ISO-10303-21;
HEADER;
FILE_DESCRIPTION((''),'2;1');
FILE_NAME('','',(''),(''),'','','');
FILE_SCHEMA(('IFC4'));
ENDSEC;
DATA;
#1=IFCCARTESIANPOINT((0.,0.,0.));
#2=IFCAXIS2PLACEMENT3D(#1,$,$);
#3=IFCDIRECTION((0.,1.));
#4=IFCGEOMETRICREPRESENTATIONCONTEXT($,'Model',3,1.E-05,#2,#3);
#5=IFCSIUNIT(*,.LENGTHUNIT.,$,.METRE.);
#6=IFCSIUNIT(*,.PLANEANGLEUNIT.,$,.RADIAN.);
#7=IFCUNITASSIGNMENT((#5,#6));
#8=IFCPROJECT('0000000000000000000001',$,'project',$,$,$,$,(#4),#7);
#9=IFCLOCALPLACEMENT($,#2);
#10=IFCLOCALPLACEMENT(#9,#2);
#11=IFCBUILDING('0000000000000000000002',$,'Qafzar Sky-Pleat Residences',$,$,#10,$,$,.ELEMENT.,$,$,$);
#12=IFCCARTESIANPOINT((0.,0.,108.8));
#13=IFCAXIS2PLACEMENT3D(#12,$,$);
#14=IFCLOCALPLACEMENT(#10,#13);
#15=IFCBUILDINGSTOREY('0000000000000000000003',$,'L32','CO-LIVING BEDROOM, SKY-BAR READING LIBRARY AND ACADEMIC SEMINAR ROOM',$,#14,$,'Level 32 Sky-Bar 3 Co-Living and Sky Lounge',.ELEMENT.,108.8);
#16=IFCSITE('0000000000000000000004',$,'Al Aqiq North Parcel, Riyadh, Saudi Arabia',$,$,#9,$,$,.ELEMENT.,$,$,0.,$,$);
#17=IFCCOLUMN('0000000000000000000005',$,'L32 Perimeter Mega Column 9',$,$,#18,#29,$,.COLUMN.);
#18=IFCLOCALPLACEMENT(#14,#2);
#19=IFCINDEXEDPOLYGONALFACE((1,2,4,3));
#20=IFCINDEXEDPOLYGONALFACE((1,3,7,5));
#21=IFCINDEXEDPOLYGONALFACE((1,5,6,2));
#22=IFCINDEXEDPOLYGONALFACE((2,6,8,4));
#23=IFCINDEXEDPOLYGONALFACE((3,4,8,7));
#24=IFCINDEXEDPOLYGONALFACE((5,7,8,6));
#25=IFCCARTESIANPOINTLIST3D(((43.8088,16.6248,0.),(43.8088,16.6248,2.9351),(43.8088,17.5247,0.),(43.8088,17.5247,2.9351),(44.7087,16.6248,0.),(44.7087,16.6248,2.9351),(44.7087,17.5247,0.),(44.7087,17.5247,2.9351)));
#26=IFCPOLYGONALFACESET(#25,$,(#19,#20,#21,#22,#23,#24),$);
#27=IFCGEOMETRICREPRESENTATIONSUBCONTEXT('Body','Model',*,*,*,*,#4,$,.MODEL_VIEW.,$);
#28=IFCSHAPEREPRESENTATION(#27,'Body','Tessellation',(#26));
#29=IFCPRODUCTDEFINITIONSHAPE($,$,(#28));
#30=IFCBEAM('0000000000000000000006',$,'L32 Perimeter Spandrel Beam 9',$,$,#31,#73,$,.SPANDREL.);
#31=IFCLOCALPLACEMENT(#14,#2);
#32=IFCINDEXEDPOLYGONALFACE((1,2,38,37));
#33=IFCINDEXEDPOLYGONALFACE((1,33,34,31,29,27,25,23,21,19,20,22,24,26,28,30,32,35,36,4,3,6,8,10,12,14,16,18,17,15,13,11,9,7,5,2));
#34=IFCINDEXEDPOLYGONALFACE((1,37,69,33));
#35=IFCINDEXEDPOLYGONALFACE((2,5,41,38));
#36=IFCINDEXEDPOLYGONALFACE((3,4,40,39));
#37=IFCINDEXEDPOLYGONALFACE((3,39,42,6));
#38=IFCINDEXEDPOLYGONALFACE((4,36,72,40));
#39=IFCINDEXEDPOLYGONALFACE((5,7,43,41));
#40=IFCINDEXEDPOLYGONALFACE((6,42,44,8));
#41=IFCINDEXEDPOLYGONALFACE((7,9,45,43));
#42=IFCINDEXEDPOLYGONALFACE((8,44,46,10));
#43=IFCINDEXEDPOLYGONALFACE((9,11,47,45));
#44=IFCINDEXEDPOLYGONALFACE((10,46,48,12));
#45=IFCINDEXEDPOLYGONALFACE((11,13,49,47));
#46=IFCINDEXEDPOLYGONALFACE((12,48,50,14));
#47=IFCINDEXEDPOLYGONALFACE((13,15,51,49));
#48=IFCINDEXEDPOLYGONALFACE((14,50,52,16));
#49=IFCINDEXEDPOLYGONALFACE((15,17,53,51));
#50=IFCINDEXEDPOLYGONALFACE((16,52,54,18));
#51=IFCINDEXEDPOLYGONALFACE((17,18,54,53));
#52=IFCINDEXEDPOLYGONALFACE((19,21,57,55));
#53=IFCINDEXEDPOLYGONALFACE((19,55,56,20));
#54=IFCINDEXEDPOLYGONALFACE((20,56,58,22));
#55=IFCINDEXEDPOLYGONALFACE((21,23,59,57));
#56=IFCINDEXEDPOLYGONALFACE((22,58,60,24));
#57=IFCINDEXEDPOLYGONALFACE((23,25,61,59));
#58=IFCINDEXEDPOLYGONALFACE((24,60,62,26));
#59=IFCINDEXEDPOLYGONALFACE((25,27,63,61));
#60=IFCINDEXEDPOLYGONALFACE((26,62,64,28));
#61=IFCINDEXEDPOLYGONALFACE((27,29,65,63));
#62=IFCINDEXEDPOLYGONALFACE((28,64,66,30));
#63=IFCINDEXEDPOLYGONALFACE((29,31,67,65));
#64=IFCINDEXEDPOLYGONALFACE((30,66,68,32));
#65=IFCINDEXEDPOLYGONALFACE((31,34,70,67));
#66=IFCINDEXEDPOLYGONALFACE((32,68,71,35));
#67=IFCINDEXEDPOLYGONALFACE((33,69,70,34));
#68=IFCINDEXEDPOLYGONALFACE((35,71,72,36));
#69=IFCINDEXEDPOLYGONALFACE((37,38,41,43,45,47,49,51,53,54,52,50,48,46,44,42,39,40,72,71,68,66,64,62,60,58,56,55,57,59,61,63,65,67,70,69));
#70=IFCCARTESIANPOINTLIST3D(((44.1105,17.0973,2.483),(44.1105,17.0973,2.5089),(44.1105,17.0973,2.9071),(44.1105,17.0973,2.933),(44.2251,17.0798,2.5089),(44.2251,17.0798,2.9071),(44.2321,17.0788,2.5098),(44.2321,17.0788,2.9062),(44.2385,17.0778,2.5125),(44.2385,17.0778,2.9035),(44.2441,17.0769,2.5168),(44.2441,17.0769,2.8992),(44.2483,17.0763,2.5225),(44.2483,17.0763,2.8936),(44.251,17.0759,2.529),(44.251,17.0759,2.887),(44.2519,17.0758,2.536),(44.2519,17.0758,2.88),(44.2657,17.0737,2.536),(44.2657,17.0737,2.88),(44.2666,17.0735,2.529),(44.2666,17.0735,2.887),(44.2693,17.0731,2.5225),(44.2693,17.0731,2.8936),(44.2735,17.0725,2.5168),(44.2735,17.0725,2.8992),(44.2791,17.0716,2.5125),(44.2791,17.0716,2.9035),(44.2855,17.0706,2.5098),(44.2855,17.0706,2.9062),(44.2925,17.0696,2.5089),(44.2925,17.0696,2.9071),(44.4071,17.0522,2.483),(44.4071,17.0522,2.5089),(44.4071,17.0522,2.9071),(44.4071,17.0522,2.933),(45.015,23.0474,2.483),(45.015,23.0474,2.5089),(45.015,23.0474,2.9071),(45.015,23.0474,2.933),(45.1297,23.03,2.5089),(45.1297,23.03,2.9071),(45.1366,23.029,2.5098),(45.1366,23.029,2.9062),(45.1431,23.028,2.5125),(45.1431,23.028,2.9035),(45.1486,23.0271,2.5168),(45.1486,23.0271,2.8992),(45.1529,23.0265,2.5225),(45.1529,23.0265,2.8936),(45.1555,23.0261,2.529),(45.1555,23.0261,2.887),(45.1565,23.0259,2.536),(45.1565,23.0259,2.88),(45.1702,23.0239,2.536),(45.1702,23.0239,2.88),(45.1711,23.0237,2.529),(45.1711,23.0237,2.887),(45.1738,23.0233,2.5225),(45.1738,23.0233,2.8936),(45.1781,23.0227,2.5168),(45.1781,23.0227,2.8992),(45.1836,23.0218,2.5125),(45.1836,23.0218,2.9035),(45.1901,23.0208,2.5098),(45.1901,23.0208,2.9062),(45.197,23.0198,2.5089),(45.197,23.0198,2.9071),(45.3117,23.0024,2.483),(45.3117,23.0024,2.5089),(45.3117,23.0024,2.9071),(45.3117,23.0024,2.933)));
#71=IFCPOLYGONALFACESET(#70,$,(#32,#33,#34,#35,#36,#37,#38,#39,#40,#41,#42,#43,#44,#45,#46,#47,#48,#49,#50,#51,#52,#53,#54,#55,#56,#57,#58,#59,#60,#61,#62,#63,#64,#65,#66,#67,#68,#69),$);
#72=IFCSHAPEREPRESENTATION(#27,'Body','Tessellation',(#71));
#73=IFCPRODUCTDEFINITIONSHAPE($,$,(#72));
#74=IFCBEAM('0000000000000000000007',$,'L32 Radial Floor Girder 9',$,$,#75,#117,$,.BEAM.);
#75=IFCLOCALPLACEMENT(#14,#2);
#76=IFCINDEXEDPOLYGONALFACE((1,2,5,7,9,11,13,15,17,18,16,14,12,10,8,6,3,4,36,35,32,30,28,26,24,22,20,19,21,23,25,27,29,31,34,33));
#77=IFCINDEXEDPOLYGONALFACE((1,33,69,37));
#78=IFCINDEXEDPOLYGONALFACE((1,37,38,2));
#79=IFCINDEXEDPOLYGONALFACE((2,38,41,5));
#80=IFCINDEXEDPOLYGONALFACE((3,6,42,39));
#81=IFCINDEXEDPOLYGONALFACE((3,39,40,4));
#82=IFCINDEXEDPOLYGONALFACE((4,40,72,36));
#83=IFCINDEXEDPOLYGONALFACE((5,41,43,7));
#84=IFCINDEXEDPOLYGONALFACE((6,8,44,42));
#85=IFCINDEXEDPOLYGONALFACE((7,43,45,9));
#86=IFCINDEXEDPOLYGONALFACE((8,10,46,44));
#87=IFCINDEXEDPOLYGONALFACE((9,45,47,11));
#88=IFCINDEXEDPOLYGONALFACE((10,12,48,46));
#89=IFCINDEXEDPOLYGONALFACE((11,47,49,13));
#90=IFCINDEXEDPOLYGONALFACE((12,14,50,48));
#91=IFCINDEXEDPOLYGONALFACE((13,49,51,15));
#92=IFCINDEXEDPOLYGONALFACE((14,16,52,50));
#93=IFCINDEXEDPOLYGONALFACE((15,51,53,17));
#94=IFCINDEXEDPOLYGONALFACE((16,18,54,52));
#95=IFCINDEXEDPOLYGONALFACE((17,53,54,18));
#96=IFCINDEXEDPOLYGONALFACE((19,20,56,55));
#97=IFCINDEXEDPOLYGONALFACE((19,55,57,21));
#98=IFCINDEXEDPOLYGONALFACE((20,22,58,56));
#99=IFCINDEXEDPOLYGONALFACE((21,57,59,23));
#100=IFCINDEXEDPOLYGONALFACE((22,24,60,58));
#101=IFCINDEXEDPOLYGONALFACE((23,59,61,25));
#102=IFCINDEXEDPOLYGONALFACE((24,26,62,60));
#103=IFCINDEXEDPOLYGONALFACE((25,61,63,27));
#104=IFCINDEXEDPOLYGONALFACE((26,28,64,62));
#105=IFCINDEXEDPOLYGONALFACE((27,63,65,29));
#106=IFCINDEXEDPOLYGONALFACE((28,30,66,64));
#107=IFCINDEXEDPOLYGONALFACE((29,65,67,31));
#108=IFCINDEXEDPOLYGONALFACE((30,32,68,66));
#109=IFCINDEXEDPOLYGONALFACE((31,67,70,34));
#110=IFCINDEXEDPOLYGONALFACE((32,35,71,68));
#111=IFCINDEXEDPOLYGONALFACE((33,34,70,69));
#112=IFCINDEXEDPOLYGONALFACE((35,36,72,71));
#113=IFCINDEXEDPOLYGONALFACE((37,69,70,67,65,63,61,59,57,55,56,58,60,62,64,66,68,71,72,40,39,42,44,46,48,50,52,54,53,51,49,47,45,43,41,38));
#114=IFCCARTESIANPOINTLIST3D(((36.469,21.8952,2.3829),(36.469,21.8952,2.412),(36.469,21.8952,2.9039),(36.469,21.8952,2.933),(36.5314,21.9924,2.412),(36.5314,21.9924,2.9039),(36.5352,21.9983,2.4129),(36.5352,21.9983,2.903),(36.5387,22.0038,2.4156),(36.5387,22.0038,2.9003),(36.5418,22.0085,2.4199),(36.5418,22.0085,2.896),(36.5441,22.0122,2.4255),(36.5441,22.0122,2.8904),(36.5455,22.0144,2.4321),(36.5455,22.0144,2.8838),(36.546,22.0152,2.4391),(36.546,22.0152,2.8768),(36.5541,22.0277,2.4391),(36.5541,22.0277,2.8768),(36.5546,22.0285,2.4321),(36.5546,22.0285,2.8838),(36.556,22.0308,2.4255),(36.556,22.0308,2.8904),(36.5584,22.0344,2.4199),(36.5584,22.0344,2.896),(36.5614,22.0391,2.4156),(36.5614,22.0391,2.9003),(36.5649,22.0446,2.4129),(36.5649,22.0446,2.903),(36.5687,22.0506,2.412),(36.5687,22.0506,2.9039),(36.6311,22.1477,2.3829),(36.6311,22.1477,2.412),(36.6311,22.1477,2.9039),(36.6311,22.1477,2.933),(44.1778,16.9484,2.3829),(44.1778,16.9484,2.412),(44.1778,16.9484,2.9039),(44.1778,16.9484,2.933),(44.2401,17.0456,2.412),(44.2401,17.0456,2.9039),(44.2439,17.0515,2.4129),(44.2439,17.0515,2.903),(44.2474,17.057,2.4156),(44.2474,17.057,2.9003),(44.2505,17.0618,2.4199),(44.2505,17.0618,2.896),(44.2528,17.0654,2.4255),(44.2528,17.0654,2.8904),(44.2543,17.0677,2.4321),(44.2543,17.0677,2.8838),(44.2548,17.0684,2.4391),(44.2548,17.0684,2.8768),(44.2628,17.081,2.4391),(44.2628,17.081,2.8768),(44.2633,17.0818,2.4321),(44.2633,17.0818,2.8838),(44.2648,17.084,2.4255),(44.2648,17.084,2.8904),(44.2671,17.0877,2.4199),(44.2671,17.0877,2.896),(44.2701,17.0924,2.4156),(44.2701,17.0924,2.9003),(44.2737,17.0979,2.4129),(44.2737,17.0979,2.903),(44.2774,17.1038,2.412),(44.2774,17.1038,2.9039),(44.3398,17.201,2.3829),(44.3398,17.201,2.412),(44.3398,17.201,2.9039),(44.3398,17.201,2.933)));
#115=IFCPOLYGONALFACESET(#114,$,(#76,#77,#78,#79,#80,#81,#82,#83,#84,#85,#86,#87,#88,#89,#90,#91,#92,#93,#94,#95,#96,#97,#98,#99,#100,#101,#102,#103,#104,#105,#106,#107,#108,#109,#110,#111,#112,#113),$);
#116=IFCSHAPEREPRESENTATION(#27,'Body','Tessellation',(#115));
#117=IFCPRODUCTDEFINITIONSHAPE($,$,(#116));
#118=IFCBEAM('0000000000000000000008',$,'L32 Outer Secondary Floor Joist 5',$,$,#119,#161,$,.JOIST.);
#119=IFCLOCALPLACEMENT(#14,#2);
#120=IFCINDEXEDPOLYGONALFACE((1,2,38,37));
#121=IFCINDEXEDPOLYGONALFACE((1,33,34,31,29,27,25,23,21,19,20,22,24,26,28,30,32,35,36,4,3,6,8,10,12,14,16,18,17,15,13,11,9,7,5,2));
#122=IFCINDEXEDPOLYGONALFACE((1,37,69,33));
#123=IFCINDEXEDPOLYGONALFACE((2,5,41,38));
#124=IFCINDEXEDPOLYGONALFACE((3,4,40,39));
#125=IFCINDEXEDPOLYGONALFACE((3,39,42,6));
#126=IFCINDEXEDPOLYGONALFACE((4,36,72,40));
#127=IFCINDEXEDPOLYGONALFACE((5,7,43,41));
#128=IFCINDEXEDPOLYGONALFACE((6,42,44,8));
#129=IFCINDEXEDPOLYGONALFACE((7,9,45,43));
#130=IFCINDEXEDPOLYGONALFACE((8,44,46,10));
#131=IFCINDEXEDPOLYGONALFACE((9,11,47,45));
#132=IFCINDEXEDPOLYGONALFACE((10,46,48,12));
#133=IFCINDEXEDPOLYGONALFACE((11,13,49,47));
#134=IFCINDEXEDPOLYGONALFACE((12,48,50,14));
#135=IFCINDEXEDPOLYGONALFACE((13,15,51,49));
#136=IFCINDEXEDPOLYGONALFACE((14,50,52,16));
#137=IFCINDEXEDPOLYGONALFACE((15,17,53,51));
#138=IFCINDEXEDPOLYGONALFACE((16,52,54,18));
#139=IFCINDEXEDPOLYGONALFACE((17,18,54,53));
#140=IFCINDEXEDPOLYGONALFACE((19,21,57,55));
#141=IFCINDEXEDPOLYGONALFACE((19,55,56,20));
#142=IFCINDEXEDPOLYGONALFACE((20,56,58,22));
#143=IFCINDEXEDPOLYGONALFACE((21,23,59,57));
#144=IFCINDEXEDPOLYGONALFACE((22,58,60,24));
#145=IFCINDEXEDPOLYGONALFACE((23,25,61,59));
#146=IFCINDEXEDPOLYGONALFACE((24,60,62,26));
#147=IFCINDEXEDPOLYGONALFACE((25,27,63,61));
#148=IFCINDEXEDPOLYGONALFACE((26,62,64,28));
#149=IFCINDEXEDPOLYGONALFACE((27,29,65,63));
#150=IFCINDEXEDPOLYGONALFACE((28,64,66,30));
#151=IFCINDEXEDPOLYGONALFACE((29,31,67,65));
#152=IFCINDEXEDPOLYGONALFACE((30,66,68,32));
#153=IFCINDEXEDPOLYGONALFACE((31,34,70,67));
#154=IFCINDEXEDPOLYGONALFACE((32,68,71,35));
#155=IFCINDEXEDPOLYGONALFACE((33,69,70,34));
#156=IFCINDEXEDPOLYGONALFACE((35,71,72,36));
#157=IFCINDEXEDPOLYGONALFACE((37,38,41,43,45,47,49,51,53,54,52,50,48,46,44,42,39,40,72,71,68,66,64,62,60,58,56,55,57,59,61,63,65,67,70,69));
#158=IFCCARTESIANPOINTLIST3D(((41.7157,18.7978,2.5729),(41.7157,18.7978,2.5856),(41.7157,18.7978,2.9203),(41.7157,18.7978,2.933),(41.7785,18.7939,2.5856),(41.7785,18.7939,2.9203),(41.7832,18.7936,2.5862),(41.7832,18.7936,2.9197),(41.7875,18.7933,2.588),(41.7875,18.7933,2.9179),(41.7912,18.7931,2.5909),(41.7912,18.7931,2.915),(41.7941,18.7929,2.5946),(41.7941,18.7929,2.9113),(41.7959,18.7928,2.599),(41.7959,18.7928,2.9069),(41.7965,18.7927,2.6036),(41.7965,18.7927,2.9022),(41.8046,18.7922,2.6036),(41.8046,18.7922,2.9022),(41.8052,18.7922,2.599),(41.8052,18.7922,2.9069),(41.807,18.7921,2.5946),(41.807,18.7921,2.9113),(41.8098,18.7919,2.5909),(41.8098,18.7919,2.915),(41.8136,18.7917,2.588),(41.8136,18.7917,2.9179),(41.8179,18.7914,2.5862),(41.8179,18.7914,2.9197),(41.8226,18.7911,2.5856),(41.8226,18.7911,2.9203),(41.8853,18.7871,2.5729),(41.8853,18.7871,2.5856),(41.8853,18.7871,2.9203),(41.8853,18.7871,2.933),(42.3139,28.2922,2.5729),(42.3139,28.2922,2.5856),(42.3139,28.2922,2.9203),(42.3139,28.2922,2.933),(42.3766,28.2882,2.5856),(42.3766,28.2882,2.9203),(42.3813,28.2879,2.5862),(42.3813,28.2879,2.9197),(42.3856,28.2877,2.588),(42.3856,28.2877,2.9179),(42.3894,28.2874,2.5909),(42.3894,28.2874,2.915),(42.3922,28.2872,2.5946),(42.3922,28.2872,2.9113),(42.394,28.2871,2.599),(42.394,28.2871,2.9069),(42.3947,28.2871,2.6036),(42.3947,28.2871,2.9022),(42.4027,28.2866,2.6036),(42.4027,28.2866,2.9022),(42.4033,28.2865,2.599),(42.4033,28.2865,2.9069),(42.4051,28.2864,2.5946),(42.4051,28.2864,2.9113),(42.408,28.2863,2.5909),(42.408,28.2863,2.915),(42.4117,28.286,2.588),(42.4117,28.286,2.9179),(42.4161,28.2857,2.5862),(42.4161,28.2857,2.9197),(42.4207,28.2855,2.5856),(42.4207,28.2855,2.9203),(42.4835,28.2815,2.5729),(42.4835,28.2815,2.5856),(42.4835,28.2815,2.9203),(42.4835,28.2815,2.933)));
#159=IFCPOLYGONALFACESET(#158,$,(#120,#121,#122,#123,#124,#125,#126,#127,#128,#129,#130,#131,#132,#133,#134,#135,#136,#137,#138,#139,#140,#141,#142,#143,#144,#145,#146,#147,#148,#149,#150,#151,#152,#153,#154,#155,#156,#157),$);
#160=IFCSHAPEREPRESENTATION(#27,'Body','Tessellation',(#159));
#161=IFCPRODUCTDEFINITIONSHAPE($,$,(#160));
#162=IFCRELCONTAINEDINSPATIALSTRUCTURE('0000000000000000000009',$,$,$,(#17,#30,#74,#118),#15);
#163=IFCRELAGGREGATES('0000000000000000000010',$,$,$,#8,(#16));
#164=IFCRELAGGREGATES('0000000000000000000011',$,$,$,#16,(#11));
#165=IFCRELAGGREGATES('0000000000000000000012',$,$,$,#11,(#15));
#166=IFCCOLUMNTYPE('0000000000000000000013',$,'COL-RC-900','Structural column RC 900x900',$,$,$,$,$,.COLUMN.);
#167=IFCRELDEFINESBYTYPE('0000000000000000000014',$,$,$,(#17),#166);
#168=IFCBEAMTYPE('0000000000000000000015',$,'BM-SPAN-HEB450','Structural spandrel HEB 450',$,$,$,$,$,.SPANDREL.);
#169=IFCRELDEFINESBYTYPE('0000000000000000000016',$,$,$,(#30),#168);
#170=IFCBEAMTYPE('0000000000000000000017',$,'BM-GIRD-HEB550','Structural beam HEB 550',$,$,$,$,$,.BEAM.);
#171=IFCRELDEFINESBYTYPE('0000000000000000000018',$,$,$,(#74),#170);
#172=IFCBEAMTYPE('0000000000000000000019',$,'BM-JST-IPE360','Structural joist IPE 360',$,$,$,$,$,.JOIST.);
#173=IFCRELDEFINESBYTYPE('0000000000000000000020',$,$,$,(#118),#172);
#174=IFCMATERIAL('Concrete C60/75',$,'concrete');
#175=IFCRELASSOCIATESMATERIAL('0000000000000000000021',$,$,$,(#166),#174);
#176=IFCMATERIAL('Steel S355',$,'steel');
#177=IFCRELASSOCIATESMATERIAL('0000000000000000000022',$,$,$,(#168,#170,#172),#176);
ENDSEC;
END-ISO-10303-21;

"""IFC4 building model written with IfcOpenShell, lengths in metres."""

from ifc_helpers import new_model, si_unit, direction, frame, origin, origin_2d, place, context, subcontext, project, spatial, rectangle, i_section, extrude, source, transform, mapped, material, material_profile, profile_set, type_object, element, save


model = new_model("IFC4")

# Units and contexts
model_context = context("Model", 3, precision=1e-05, world=origin(), true_north=direction((0.0, 1.0)))
body_context = subcontext(model_context, "Body", "Model", "MODEL_VIEW")
ifc_project = project(units=[si_unit("LENGTHUNIT", "METRE"), si_unit("PLANEANGLEUNIT", "RADIAN")], contexts=[model_context])

# Site, building, storey
site_placement = place(None, origin())
site = spatial("IfcSite", under=ifc_project, at=site_placement, Name="Al Aqiq North Parcel, Riyadh, Saudi Arabia", CompositionType="ELEMENT", RefElevation=0.0)
building_placement = place(site_placement, origin())
building = spatial("IfcBuilding", under=site, at=building_placement, Name="Qafzar Sky-Pleat Residences", CompositionType="ELEMENT")
storey_placement = place(building_placement, frame((0.0, 0.0, 108.8)))
storey = spatial("IfcBuildingStorey", under=building, at=storey_placement, Name="L32", Description="CO-LIVING BEDROOM, SKY-BAR READING LIBRARY AND ACADEMIC SEMINAR ROOM", LongName="Level 32 Sky-Bar 3 Co-Living and Sky Lounge", CompositionType="ELEMENT", Elevation=108.8)

# Column
ifc_material_1 = material(Name="Concrete C60/75", Category="concrete")
ifc_material_profile_1 = material_profile(ifc_material_1, rectangle(XDim=0.8999, YDim=0.8999, at=origin_2d()), Name="RC 900x900")
ifc_profile_set_1 = profile_set([ifc_material_profile_1], Name="Concrete C60/75")
column_type = type_object("IfcColumnType", Name="COL-RC-900", Description="Structural column RC 900x900", PredefinedType="COLUMN", material=ifc_profile_set_1)
shared_shape_1 = source(origin(), body_context, "Body", "SweptSolid", [
    extrude(rectangle(XDim=0.8999, YDim=0.8999, at=origin_2d()), origin(), (0.0, 0.0, 1.0), 2.9351),
])
column_placement = place(storey_placement, frame((44.2588, 17.0747, 0.0), z_axis=(0.0, 0.0, 1.0), x_axis=(1.0, 0.0, 0.0)))
element("IfcColumn", 1, at=column_placement, inside=storey, type_object=column_type, Name="L32 Perimeter Mega Column 9", PredefinedType="COLUMN", context=body_context, shape_type="MappedRepresentation", body=[
    mapped(shared_shape_1, transform((0.0, 0.0, 0.0), x_axis=(1.0, 0.0, 0.0), y_axis=(0.0, 1.0, 0.0), z_axis=(0.0, 0.0, 1.0), scale=1.0)),
])

# Beams
ifc_material_2 = material(Name="Steel S355", Category="steel")
ifc_material_profile_2 = material_profile(ifc_material_2, i_section(OverallWidth=0.3, OverallDepth=0.45, WebThickness=0.0139, FlangeThickness=0.0259, FilletRadius=0.0271, at=origin_2d()), Name="HEB 450")
ifc_profile_set_2 = profile_set([ifc_material_profile_2], Name="Steel S355")
beam_type_1 = type_object("IfcBeamType", Name="BM-SPAN-HEB450", Description="Structural spandrel HEB 450", PredefinedType="SPANDREL", material=ifc_profile_set_2)
shared_shape_2 = source(origin(), body_context, "Body", "SweptSolid", [
    extrude(i_section(OverallWidth=0.3, OverallDepth=0.45, WebThickness=0.0139, FlangeThickness=0.0259, FilletRadius=0.0271, at=origin_2d()), origin(), (0.0, 0.0, 1.0), 6.0186),
])
beam_1_placement = place(storey_placement, frame((44.2588, 17.0747, 2.708), z_axis=(0.150292, 0.988642, 0.0), x_axis=(-0.988642, 0.150292, 0.0)))
element("IfcBeam", 2, at=beam_1_placement, inside=storey, type_object=beam_type_1, Name="L32 Perimeter Spandrel Beam 9", PredefinedType="SPANDREL", context=body_context, shape_type="MappedRepresentation", body=[
    mapped(shared_shape_2, transform((0.0, 0.0, 0.0), x_axis=(1.0, 0.0, 0.0), y_axis=(0.0, 1.0, 0.0), z_axis=(0.0, 0.0, 1.0), scale=1.0)),
])
ifc_material_profile_3 = material_profile(ifc_material_2, i_section(OverallWidth=0.3, OverallDepth=0.55, WebThickness=0.0149, FlangeThickness=0.0291, FilletRadius=0.0271, at=origin_2d()), Name="HEB 550")
ifc_profile_set_3 = profile_set([ifc_material_profile_3], Name="Steel S355")
beam_type_2 = type_object("IfcBeamType", Name="BM-GIRD-HEB550", Description="Structural beam HEB 550", PredefinedType="BEAM", material=ifc_profile_set_3)
shared_shape_3 = source(origin(), body_context, "Body", "SweptSolid", [
    extrude(i_section(OverallWidth=0.3, OverallDepth=0.55, WebThickness=0.0149, FlangeThickness=0.0291, FilletRadius=0.0271, at=origin_2d()), origin(), (0.0, 0.0, 1.0), 9.1594),
])
beam_2_placement = place(storey_placement, frame((44.2588, 17.0747, 2.658), z_axis=(-0.841617, 0.540074, 0.0), x_axis=(-0.540074, -0.841617, 0.0)))
element("IfcBeam", 3, at=beam_2_placement, inside=storey, type_object=beam_type_2, Name="L32 Radial Floor Girder 9", PredefinedType="BEAM", context=body_context, shape_type="MappedRepresentation", body=[
    mapped(shared_shape_3, transform((0.0, 0.0, 0.0), x_axis=(1.0, 0.0, 0.0), y_axis=(0.0, 1.0, 0.0), z_axis=(0.0, 0.0, 1.0), scale=1.0)),
])
ifc_material_profile_4 = material_profile(ifc_material_2, i_section(OverallWidth=0.1699, OverallDepth=0.3601, WebThickness=0.0081, FlangeThickness=0.0127, FilletRadius=0.0181, at=origin_2d()), Name="IPE 360")
ifc_profile_set_4 = profile_set([ifc_material_profile_4], Name="Steel S355")
beam_type_3 = type_object("IfcBeamType", Name="BM-JST-IPE360", Description="Structural joist IPE 360", PredefinedType="JOIST", material=ifc_profile_set_4)
shared_shape_4 = source(origin(), body_context, "Body", "SweptSolid", [
    extrude(i_section(OverallWidth=0.1699, OverallDepth=0.3601, WebThickness=0.0081, FlangeThickness=0.0127, FilletRadius=0.0181, at=origin_2d()), origin(), (0.0, 0.0, 1.0), 9.5132),
])
beam_3_placement = place(storey_placement, frame((41.8005, 18.7925, 2.7529), z_axis=(0.062875, 0.998021, 0.0), x_axis=(-0.998021, 0.062875, 0.0)))
element("IfcBeam", 4, at=beam_3_placement, inside=storey, type_object=beam_type_3, Name="L32 Outer Secondary Floor Joist 5", PredefinedType="JOIST", context=body_context, shape_type="MappedRepresentation", body=[
    mapped(shared_shape_4, transform((0.0, 0.0, 0.0), x_axis=(1.0, 0.0, 0.0), y_axis=(0.0, 1.0, 0.0), z_axis=(0.0, 0.0, 1.0), scale=1.0)),
])

save(model, "model.ifc")
